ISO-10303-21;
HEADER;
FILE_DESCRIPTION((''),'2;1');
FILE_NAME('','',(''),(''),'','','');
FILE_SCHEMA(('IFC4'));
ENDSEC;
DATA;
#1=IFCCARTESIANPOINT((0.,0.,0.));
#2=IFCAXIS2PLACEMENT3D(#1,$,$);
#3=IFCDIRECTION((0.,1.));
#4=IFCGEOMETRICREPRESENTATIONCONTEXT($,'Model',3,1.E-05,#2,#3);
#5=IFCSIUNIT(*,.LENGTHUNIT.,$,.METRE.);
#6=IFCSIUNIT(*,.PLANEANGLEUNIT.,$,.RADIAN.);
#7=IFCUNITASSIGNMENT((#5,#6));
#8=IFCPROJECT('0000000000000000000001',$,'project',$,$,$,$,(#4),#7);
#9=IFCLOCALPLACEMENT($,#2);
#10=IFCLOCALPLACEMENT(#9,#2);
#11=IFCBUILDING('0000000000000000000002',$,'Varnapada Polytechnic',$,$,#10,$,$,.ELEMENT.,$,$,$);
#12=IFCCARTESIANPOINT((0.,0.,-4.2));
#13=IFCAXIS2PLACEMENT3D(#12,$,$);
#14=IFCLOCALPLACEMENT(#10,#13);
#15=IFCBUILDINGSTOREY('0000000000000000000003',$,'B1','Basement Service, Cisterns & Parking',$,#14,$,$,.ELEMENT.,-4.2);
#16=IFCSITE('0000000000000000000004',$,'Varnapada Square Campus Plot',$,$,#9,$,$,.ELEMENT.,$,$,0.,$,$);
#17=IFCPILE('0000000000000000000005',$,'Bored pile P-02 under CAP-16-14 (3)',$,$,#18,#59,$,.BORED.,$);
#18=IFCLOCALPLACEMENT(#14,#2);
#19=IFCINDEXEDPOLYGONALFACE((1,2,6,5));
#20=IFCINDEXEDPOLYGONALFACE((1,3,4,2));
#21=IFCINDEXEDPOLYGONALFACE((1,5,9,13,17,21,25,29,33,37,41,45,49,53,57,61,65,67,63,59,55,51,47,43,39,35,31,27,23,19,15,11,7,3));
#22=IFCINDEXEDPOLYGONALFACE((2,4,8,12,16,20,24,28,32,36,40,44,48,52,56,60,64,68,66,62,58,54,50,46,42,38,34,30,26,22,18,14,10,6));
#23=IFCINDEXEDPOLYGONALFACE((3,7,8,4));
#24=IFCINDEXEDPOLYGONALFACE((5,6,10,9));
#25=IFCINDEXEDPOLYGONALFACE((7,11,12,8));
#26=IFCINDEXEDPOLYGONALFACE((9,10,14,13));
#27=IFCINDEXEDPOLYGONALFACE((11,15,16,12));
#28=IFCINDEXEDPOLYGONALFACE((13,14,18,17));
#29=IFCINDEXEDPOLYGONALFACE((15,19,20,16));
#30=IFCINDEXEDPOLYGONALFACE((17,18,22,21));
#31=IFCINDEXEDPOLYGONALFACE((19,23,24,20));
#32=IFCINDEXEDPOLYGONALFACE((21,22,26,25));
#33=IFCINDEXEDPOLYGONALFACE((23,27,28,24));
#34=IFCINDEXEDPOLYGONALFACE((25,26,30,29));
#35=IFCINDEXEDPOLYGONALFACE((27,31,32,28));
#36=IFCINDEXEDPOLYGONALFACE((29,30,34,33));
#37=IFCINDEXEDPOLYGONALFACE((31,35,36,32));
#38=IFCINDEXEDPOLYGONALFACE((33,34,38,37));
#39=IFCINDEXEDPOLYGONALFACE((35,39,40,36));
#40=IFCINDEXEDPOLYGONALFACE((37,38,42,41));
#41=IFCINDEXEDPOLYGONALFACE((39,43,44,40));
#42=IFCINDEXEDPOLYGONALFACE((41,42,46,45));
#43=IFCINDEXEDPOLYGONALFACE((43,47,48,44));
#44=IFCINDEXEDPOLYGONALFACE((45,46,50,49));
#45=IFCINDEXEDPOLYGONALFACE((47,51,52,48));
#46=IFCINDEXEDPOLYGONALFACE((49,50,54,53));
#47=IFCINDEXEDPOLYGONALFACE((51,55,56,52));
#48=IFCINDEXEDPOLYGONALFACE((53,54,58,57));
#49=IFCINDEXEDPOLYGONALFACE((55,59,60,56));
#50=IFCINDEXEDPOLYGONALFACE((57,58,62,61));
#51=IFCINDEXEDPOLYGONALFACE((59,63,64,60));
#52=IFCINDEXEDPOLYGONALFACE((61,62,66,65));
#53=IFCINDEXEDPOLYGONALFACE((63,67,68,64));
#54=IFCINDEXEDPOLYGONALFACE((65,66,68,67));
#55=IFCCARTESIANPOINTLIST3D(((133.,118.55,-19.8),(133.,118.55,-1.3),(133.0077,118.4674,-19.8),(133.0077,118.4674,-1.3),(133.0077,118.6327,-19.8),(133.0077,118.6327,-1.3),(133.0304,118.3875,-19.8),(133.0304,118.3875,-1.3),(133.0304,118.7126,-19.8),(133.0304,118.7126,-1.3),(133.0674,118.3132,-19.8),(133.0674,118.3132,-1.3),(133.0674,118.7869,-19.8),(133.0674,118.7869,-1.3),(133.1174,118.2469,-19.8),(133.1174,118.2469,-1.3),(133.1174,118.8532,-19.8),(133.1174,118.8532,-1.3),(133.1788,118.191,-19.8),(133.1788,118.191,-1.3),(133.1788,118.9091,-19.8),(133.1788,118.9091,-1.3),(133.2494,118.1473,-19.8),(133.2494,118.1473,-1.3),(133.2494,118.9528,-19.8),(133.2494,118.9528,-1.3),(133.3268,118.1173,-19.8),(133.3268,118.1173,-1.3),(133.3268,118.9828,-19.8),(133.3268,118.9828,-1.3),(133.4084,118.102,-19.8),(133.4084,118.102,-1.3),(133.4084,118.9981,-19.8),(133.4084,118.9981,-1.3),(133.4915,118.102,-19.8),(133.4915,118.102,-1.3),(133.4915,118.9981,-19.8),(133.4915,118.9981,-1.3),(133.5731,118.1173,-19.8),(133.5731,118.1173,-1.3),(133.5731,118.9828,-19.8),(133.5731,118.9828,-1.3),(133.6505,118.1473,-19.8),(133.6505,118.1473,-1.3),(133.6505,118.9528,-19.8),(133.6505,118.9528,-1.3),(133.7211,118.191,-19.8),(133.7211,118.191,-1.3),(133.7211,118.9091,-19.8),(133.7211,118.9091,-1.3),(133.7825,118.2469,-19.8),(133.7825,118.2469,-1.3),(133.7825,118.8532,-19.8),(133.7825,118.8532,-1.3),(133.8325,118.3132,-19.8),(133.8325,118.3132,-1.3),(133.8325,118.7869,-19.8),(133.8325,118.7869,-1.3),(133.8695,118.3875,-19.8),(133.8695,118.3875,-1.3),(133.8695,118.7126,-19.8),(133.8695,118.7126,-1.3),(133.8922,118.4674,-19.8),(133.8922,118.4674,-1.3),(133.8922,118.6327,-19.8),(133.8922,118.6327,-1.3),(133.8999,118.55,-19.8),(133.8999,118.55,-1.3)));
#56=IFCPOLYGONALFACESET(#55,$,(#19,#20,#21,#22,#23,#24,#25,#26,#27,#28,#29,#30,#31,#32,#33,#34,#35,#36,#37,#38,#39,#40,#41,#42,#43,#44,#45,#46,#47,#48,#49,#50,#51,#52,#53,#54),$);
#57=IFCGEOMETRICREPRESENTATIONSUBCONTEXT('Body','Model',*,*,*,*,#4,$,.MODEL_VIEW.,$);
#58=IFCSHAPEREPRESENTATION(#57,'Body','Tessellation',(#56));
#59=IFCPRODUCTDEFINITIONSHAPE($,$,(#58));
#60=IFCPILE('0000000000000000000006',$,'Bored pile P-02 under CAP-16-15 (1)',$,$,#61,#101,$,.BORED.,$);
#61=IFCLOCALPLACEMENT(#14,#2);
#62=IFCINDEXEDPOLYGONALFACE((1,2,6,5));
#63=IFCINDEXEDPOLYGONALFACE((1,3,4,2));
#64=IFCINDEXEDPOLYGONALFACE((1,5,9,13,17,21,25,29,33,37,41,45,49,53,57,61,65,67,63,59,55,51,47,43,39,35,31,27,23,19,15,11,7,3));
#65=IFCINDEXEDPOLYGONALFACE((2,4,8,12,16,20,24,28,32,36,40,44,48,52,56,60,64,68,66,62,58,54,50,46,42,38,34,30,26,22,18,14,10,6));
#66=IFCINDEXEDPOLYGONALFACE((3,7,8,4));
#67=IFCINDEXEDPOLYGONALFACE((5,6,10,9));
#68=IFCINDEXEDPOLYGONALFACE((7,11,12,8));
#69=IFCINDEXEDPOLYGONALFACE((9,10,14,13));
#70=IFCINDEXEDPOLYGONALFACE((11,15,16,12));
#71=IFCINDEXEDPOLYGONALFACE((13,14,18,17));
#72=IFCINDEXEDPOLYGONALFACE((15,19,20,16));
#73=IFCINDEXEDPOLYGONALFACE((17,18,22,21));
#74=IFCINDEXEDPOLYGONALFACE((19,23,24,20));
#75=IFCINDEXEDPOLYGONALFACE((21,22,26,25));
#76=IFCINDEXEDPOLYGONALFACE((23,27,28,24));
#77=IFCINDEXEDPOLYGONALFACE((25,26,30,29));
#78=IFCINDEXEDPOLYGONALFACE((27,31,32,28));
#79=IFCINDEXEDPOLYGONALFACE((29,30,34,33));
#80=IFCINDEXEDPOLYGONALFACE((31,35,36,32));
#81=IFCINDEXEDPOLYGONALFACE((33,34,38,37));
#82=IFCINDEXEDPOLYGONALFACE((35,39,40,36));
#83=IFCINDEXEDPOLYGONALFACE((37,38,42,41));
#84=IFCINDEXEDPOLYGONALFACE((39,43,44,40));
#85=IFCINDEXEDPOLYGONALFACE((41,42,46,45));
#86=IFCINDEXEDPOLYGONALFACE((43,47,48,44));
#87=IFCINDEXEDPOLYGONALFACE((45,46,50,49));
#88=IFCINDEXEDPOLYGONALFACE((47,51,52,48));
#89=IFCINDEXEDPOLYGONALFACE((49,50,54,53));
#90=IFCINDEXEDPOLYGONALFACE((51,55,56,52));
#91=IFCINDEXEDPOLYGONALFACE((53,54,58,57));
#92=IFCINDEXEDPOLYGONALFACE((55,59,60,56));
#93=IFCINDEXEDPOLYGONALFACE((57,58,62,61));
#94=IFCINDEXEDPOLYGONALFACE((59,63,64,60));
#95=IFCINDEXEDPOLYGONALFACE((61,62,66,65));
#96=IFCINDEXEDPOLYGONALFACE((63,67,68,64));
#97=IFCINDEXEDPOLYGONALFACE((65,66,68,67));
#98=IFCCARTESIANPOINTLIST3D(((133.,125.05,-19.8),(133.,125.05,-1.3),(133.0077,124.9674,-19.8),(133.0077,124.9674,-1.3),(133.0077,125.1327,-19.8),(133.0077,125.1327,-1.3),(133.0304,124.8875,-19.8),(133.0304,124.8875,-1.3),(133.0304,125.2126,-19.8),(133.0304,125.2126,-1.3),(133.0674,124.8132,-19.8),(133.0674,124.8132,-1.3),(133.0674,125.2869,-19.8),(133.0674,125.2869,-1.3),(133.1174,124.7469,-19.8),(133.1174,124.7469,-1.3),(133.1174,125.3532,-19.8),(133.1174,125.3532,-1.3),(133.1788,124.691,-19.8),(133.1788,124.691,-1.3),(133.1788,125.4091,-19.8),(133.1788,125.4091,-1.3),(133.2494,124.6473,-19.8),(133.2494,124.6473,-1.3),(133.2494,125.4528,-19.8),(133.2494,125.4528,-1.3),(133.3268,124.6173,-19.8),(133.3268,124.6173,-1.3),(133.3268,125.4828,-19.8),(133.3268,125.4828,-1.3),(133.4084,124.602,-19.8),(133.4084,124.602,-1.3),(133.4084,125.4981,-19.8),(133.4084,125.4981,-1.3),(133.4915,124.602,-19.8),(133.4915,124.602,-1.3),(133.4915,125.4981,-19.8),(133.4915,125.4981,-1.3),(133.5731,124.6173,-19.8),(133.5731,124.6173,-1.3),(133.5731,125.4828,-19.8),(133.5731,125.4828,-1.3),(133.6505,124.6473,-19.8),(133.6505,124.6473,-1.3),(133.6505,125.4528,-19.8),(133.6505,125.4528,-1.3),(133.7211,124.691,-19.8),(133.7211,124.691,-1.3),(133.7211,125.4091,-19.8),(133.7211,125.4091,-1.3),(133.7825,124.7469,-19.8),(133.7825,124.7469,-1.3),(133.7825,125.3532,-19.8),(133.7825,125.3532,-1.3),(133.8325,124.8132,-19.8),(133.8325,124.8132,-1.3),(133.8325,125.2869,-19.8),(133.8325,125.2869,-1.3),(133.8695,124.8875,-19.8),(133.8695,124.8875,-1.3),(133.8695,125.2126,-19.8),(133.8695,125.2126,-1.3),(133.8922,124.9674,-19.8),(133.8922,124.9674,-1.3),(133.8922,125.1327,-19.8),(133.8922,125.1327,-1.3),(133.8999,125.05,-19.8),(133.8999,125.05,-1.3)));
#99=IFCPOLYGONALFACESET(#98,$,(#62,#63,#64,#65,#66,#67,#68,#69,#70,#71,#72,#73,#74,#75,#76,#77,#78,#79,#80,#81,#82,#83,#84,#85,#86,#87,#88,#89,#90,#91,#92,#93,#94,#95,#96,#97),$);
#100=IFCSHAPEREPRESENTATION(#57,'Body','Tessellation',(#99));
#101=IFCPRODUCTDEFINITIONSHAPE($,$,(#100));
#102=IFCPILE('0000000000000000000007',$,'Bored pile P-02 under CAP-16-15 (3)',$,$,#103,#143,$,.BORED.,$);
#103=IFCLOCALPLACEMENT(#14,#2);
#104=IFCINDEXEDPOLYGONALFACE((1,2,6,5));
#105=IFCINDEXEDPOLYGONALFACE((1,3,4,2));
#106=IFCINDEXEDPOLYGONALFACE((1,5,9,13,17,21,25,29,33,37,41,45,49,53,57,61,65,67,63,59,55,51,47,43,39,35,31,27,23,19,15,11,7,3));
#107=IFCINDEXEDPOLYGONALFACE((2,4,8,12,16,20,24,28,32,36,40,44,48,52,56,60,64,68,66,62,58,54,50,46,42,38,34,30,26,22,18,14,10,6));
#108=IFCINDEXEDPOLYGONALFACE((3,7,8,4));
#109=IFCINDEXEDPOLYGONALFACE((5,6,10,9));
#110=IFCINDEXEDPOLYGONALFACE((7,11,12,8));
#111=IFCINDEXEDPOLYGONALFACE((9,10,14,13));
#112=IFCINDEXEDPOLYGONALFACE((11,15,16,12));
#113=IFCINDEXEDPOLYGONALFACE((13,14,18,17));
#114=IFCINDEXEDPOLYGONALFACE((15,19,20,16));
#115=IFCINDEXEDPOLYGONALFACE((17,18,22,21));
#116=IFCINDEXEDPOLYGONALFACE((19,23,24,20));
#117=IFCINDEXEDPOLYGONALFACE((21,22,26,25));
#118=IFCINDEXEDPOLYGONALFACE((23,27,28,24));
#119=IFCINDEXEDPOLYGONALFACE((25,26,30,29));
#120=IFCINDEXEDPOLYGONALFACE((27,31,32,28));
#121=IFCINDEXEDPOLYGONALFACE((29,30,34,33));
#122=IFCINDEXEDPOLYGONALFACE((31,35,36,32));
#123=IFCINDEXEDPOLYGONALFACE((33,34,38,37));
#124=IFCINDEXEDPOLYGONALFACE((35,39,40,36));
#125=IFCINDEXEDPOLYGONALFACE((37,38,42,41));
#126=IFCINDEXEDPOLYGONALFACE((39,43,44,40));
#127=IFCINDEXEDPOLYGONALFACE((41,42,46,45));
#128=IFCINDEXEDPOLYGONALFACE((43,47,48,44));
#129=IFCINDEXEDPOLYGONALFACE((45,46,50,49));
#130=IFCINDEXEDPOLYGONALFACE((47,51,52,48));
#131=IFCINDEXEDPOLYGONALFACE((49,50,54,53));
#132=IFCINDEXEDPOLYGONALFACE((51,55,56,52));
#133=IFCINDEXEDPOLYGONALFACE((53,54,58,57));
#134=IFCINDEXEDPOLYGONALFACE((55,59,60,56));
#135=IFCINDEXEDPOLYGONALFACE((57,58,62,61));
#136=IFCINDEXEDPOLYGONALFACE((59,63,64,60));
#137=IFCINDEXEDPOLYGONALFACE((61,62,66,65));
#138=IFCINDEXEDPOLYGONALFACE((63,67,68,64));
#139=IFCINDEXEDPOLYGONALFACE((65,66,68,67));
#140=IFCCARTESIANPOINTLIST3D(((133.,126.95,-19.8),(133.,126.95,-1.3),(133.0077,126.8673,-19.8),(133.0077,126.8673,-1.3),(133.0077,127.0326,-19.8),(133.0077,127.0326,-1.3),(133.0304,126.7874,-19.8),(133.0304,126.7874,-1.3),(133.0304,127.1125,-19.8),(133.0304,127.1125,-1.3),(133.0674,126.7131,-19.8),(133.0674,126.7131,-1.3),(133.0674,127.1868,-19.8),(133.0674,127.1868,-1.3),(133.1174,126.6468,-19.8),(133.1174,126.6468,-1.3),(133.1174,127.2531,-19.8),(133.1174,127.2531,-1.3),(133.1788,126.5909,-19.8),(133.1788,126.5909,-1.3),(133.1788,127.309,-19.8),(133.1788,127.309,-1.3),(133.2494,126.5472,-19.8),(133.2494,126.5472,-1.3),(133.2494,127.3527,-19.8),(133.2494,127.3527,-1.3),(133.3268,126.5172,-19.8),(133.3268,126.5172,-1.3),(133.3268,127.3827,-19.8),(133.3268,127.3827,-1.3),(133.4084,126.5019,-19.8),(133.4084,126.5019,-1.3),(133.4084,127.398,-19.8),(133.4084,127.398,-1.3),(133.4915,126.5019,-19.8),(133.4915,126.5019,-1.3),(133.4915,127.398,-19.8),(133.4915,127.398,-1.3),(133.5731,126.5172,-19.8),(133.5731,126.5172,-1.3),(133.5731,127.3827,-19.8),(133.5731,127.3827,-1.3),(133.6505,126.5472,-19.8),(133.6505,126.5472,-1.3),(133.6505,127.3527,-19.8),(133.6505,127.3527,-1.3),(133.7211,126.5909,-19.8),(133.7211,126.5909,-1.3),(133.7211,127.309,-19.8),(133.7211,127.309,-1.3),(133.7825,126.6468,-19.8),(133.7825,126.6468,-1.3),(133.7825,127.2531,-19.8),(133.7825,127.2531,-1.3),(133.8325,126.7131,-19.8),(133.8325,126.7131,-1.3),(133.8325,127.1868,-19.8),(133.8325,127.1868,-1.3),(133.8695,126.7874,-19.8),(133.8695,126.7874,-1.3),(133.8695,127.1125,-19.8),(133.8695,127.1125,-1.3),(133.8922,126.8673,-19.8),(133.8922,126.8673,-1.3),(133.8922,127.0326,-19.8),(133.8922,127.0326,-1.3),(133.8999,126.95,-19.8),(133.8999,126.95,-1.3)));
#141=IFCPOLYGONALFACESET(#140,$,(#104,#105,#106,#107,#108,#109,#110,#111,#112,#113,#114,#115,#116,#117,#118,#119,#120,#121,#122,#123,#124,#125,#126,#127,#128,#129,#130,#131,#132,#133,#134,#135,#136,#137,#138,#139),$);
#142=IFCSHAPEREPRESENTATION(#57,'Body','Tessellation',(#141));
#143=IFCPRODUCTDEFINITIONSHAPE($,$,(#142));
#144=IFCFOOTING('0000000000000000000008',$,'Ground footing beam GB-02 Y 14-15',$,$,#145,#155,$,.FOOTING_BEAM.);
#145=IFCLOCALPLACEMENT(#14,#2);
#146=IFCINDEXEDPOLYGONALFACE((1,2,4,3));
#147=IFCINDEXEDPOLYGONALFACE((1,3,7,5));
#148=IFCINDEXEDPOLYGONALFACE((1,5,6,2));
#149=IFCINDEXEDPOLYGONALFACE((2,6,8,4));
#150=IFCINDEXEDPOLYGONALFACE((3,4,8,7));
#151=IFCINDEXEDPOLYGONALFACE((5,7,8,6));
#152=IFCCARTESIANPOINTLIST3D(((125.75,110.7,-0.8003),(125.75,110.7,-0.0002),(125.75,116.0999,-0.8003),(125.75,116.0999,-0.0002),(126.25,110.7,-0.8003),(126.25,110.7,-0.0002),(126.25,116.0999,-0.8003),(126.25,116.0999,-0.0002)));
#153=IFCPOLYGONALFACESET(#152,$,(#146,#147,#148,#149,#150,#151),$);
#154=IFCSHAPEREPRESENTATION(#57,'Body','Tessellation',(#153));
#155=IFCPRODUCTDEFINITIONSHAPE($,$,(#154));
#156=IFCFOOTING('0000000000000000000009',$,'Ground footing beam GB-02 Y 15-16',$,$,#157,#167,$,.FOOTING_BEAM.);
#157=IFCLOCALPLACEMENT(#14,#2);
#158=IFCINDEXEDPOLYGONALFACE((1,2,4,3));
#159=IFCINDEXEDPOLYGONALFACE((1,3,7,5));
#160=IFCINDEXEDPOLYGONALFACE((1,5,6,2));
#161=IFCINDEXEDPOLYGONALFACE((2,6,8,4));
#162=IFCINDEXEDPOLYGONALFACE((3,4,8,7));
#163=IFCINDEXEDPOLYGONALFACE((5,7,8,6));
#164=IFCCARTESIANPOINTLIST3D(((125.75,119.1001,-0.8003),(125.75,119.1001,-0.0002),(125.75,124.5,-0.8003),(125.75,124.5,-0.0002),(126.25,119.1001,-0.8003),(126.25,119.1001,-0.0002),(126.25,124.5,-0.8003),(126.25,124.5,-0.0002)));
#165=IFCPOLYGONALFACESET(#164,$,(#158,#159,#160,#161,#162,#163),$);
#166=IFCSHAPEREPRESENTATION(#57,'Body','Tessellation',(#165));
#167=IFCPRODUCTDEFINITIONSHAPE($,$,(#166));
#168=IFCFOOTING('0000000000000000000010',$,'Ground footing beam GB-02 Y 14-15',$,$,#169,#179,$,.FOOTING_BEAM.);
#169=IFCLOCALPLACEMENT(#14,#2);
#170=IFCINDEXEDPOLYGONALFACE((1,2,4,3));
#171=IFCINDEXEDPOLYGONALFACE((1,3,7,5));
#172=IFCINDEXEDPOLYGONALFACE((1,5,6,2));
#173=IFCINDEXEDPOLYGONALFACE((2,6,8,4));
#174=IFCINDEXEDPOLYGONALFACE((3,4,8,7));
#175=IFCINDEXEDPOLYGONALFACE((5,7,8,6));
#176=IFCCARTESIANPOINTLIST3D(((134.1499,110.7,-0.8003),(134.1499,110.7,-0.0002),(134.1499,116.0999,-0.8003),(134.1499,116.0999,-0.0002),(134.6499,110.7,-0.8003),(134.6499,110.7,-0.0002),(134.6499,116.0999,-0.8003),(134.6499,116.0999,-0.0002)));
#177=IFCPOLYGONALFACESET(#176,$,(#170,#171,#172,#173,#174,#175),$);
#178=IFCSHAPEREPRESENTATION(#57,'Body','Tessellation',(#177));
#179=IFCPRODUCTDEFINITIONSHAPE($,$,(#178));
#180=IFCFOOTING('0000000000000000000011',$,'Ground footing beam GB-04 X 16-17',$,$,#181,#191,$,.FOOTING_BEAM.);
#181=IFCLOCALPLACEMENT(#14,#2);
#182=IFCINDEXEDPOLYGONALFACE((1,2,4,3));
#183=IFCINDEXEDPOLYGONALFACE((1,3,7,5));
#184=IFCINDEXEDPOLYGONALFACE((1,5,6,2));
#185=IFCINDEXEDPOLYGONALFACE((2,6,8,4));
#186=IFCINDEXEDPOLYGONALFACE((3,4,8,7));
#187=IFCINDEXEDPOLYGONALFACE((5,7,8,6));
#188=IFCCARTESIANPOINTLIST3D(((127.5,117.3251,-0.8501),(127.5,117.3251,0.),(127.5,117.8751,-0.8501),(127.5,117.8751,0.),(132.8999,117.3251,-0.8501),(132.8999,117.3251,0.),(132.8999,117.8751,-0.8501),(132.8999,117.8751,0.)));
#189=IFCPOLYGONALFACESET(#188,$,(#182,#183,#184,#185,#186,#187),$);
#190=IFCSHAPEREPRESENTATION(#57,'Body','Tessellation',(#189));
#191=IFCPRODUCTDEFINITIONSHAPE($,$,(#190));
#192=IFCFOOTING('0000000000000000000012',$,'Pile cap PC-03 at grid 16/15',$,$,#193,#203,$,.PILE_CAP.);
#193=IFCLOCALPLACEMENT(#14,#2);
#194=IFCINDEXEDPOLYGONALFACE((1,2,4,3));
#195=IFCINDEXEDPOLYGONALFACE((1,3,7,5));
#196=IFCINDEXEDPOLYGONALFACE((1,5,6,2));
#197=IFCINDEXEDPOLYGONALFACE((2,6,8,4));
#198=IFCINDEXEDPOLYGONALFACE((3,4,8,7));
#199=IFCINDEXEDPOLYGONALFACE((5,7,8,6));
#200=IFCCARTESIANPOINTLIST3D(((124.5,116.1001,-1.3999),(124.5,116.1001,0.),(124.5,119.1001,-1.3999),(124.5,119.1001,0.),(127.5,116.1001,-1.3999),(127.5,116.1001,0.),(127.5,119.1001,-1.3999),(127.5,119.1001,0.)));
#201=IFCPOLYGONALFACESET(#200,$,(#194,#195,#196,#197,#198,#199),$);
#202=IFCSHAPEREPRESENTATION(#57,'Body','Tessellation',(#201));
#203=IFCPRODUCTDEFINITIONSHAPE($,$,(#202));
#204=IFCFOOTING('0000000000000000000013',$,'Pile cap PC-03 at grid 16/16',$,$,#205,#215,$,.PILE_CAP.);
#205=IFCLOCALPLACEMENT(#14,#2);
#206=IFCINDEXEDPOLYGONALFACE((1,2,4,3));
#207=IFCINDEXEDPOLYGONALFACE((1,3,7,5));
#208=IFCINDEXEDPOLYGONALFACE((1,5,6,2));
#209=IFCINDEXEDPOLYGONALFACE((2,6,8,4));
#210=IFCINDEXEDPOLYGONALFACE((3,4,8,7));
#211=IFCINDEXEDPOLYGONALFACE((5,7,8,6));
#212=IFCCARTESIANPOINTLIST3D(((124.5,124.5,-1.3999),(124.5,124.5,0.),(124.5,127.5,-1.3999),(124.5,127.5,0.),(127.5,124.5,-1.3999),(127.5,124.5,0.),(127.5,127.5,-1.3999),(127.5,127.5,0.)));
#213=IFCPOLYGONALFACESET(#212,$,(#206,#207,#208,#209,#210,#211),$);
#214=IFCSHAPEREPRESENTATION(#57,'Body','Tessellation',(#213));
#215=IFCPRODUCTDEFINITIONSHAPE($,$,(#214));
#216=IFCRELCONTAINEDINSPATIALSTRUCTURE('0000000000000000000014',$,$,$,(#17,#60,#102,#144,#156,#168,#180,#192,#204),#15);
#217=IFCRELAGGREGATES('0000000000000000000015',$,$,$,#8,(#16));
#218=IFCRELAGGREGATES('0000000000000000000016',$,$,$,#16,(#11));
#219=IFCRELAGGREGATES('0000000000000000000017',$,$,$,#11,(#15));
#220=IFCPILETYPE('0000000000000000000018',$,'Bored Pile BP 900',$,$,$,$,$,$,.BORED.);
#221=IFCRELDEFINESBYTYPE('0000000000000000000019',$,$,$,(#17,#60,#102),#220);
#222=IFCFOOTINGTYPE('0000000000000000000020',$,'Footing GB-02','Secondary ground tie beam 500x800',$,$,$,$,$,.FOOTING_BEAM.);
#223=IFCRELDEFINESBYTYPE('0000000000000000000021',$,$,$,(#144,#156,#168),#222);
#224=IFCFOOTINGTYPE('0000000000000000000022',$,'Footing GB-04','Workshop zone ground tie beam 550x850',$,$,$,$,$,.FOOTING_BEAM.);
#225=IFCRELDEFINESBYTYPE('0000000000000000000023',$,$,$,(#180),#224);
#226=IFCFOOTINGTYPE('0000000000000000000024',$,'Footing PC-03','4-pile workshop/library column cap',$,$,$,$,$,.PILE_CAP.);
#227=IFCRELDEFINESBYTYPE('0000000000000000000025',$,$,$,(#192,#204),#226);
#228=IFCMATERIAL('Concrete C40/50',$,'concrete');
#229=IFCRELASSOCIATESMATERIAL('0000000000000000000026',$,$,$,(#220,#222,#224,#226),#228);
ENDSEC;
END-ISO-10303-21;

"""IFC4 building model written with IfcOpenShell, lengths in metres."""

from ifc_helpers import new_model, si_unit, direction, frame, origin, origin_2d, place, context, subcontext, project, spatial, rectangle, circle, extrude, material, material_profile, profile_set, type_object, element, save


model = new_model("IFC4")

# Units and contexts
model_context = context("Model", 3, precision=1e-05, world=origin(), true_north=direction((0.0, 1.0)))
body_context = subcontext(model_context, "Body", "Model", "MODEL_VIEW")
ifc_project = project(units=[si_unit("LENGTHUNIT", "METRE"), si_unit("PLANEANGLEUNIT", "RADIAN")], contexts=[model_context])

# Site, building, storey
site_placement = place(None, origin())
site = spatial("IfcSite", under=ifc_project, at=site_placement, Name="Varnapada Square Campus Plot", CompositionType="ELEMENT", RefElevation=0.0)
building_placement = place(site_placement, origin())
building = spatial("IfcBuilding", under=site, at=building_placement, Name="Varnapada Polytechnic", CompositionType="ELEMENT")
storey_placement = place(building_placement, frame((0.0, 0.0, -4.2)))
storey = spatial("IfcBuildingStorey", under=building, at=storey_placement, Name="B1", Description="Basement Service, Cisterns & Parking", CompositionType="ELEMENT", Elevation=-4.2)

# Piles
ifc_material_1 = material(Name="Concrete C40/50", Category="concrete")
ifc_material_profile_1 = material_profile(ifc_material_1, circle(Radius=0.45, at=origin_2d()), Name="BP 900")
ifc_profile_set_1 = profile_set([ifc_material_profile_1], Name="Concrete C40/50")
pile_type = type_object("IfcPileType", Name="Bored Pile BP 900", PredefinedType="BORED", material=ifc_profile_set_1)
for number, where, z_axis, x_axis, name in (
    (1, (133.45, 118.55, -1.3), (0.0, 0.0, -1.0), (1.0, 0.0, 0.0), "Bored pile P-02 under CAP-16-14 (3)"),
    (2, (133.45, 125.05, -1.3), (0.0, 0.0, -1.0), (1.0, 0.0, 0.0), "Bored pile P-02 under CAP-16-15 (1)"),
    (3, (133.45, 126.95, -1.3), (0.0, 0.0, -1.0), (1.0, 0.0, 0.0), "Bored pile P-02 under CAP-16-15 (3)"),
):
    element("IfcPile", number, at=place(storey_placement, frame(where, z_axis=z_axis, x_axis=x_axis)), inside=storey, type_object=pile_type, Name=name, PredefinedType="BORED", context=body_context, shape_type="SweptSolid", body=[
        extrude(circle(Radius=0.45, at=origin_2d()), origin(), (0.0, 0.0, 1.0), 18.5),
    ])

# Footings
footing_type_1 = type_object("IfcFootingType", Name="Footing GB-02", Description="Secondary ground tie beam 500x800", PredefinedType="FOOTING_BEAM", material=ifc_material_1)
for number, where, z_axis, x_axis, name in (
    (4, (126.0, 113.3999, -0.8003), (0.0, 0.0, 1.0), (0.0, 1.0, 0.0), "Ground footing beam GB-02 Y 14-15"),
    (5, (126.0, 121.8, -0.8003), (0.0, 0.0, 1.0), (0.0, 1.0, 0.0), "Ground footing beam GB-02 Y 15-16"),
    (6, (134.3999, 113.3999, -0.8003), (0.0, 0.0, 1.0), (0.0, 1.0, 0.0), "Ground footing beam GB-02 Y 14-15"),
):
    element("IfcFooting", number, at=place(storey_placement, frame(where, z_axis=z_axis, x_axis=x_axis)), inside=storey, type_object=footing_type_1, Name=name, PredefinedType="FOOTING_BEAM", context=body_context, shape_type="SweptSolid", body=[
        extrude(rectangle(XDim=5.3999, YDim=0.5, at=origin_2d()), origin(), (0.0, 0.0, 1.0), 0.8),
    ])
footing_type_2 = type_object("IfcFootingType", Name="Footing GB-04", Description="Workshop zone ground tie beam 550x850", PredefinedType="FOOTING_BEAM", material=ifc_material_1)
footing_1_placement = place(storey_placement, frame((130.2, 117.6001, -0.8501), z_axis=(0.0, 0.0, 1.0), x_axis=(1.0, 0.0, 0.0)))
element("IfcFooting", 7, at=footing_1_placement, inside=storey, type_object=footing_type_2, Name="Ground footing beam GB-04 X 16-17", PredefinedType="FOOTING_BEAM", context=body_context, shape_type="SweptSolid", body=[
    extrude(rectangle(XDim=5.3999, YDim=0.55, at=origin_2d()), origin(), (0.0, 0.0, 1.0), 0.8501),
])
footing_type_3 = type_object("IfcFootingType", Name="Footing PC-03", Description="4-pile workshop/library column cap", PredefinedType="PILE_CAP", material=ifc_material_1)
for number, where, z_axis, x_axis, name in (
    (8, (126.0, 117.6001, -1.3999), (0.0, 0.0, 1.0), (1.0, 0.0, 0.0), "Pile cap PC-03 at grid 16/15"),
    (9, (126.0, 126.0, -1.3999), (0.0, 0.0, 1.0), (1.0, 0.0, 0.0), "Pile cap PC-03 at grid 16/16"),
):
    element("IfcFooting", number, at=place(storey_placement, frame(where, z_axis=z_axis, x_axis=x_axis)), inside=storey, type_object=footing_type_3, Name=name, PredefinedType="PILE_CAP", context=body_context, shape_type="SweptSolid", body=[
        extrude(rectangle(XDim=3.0, YDim=3.0, at=origin_2d()), origin(), (0.0, 0.0, 1.0), 1.3999),
    ])

save(model, "model.ifc")
